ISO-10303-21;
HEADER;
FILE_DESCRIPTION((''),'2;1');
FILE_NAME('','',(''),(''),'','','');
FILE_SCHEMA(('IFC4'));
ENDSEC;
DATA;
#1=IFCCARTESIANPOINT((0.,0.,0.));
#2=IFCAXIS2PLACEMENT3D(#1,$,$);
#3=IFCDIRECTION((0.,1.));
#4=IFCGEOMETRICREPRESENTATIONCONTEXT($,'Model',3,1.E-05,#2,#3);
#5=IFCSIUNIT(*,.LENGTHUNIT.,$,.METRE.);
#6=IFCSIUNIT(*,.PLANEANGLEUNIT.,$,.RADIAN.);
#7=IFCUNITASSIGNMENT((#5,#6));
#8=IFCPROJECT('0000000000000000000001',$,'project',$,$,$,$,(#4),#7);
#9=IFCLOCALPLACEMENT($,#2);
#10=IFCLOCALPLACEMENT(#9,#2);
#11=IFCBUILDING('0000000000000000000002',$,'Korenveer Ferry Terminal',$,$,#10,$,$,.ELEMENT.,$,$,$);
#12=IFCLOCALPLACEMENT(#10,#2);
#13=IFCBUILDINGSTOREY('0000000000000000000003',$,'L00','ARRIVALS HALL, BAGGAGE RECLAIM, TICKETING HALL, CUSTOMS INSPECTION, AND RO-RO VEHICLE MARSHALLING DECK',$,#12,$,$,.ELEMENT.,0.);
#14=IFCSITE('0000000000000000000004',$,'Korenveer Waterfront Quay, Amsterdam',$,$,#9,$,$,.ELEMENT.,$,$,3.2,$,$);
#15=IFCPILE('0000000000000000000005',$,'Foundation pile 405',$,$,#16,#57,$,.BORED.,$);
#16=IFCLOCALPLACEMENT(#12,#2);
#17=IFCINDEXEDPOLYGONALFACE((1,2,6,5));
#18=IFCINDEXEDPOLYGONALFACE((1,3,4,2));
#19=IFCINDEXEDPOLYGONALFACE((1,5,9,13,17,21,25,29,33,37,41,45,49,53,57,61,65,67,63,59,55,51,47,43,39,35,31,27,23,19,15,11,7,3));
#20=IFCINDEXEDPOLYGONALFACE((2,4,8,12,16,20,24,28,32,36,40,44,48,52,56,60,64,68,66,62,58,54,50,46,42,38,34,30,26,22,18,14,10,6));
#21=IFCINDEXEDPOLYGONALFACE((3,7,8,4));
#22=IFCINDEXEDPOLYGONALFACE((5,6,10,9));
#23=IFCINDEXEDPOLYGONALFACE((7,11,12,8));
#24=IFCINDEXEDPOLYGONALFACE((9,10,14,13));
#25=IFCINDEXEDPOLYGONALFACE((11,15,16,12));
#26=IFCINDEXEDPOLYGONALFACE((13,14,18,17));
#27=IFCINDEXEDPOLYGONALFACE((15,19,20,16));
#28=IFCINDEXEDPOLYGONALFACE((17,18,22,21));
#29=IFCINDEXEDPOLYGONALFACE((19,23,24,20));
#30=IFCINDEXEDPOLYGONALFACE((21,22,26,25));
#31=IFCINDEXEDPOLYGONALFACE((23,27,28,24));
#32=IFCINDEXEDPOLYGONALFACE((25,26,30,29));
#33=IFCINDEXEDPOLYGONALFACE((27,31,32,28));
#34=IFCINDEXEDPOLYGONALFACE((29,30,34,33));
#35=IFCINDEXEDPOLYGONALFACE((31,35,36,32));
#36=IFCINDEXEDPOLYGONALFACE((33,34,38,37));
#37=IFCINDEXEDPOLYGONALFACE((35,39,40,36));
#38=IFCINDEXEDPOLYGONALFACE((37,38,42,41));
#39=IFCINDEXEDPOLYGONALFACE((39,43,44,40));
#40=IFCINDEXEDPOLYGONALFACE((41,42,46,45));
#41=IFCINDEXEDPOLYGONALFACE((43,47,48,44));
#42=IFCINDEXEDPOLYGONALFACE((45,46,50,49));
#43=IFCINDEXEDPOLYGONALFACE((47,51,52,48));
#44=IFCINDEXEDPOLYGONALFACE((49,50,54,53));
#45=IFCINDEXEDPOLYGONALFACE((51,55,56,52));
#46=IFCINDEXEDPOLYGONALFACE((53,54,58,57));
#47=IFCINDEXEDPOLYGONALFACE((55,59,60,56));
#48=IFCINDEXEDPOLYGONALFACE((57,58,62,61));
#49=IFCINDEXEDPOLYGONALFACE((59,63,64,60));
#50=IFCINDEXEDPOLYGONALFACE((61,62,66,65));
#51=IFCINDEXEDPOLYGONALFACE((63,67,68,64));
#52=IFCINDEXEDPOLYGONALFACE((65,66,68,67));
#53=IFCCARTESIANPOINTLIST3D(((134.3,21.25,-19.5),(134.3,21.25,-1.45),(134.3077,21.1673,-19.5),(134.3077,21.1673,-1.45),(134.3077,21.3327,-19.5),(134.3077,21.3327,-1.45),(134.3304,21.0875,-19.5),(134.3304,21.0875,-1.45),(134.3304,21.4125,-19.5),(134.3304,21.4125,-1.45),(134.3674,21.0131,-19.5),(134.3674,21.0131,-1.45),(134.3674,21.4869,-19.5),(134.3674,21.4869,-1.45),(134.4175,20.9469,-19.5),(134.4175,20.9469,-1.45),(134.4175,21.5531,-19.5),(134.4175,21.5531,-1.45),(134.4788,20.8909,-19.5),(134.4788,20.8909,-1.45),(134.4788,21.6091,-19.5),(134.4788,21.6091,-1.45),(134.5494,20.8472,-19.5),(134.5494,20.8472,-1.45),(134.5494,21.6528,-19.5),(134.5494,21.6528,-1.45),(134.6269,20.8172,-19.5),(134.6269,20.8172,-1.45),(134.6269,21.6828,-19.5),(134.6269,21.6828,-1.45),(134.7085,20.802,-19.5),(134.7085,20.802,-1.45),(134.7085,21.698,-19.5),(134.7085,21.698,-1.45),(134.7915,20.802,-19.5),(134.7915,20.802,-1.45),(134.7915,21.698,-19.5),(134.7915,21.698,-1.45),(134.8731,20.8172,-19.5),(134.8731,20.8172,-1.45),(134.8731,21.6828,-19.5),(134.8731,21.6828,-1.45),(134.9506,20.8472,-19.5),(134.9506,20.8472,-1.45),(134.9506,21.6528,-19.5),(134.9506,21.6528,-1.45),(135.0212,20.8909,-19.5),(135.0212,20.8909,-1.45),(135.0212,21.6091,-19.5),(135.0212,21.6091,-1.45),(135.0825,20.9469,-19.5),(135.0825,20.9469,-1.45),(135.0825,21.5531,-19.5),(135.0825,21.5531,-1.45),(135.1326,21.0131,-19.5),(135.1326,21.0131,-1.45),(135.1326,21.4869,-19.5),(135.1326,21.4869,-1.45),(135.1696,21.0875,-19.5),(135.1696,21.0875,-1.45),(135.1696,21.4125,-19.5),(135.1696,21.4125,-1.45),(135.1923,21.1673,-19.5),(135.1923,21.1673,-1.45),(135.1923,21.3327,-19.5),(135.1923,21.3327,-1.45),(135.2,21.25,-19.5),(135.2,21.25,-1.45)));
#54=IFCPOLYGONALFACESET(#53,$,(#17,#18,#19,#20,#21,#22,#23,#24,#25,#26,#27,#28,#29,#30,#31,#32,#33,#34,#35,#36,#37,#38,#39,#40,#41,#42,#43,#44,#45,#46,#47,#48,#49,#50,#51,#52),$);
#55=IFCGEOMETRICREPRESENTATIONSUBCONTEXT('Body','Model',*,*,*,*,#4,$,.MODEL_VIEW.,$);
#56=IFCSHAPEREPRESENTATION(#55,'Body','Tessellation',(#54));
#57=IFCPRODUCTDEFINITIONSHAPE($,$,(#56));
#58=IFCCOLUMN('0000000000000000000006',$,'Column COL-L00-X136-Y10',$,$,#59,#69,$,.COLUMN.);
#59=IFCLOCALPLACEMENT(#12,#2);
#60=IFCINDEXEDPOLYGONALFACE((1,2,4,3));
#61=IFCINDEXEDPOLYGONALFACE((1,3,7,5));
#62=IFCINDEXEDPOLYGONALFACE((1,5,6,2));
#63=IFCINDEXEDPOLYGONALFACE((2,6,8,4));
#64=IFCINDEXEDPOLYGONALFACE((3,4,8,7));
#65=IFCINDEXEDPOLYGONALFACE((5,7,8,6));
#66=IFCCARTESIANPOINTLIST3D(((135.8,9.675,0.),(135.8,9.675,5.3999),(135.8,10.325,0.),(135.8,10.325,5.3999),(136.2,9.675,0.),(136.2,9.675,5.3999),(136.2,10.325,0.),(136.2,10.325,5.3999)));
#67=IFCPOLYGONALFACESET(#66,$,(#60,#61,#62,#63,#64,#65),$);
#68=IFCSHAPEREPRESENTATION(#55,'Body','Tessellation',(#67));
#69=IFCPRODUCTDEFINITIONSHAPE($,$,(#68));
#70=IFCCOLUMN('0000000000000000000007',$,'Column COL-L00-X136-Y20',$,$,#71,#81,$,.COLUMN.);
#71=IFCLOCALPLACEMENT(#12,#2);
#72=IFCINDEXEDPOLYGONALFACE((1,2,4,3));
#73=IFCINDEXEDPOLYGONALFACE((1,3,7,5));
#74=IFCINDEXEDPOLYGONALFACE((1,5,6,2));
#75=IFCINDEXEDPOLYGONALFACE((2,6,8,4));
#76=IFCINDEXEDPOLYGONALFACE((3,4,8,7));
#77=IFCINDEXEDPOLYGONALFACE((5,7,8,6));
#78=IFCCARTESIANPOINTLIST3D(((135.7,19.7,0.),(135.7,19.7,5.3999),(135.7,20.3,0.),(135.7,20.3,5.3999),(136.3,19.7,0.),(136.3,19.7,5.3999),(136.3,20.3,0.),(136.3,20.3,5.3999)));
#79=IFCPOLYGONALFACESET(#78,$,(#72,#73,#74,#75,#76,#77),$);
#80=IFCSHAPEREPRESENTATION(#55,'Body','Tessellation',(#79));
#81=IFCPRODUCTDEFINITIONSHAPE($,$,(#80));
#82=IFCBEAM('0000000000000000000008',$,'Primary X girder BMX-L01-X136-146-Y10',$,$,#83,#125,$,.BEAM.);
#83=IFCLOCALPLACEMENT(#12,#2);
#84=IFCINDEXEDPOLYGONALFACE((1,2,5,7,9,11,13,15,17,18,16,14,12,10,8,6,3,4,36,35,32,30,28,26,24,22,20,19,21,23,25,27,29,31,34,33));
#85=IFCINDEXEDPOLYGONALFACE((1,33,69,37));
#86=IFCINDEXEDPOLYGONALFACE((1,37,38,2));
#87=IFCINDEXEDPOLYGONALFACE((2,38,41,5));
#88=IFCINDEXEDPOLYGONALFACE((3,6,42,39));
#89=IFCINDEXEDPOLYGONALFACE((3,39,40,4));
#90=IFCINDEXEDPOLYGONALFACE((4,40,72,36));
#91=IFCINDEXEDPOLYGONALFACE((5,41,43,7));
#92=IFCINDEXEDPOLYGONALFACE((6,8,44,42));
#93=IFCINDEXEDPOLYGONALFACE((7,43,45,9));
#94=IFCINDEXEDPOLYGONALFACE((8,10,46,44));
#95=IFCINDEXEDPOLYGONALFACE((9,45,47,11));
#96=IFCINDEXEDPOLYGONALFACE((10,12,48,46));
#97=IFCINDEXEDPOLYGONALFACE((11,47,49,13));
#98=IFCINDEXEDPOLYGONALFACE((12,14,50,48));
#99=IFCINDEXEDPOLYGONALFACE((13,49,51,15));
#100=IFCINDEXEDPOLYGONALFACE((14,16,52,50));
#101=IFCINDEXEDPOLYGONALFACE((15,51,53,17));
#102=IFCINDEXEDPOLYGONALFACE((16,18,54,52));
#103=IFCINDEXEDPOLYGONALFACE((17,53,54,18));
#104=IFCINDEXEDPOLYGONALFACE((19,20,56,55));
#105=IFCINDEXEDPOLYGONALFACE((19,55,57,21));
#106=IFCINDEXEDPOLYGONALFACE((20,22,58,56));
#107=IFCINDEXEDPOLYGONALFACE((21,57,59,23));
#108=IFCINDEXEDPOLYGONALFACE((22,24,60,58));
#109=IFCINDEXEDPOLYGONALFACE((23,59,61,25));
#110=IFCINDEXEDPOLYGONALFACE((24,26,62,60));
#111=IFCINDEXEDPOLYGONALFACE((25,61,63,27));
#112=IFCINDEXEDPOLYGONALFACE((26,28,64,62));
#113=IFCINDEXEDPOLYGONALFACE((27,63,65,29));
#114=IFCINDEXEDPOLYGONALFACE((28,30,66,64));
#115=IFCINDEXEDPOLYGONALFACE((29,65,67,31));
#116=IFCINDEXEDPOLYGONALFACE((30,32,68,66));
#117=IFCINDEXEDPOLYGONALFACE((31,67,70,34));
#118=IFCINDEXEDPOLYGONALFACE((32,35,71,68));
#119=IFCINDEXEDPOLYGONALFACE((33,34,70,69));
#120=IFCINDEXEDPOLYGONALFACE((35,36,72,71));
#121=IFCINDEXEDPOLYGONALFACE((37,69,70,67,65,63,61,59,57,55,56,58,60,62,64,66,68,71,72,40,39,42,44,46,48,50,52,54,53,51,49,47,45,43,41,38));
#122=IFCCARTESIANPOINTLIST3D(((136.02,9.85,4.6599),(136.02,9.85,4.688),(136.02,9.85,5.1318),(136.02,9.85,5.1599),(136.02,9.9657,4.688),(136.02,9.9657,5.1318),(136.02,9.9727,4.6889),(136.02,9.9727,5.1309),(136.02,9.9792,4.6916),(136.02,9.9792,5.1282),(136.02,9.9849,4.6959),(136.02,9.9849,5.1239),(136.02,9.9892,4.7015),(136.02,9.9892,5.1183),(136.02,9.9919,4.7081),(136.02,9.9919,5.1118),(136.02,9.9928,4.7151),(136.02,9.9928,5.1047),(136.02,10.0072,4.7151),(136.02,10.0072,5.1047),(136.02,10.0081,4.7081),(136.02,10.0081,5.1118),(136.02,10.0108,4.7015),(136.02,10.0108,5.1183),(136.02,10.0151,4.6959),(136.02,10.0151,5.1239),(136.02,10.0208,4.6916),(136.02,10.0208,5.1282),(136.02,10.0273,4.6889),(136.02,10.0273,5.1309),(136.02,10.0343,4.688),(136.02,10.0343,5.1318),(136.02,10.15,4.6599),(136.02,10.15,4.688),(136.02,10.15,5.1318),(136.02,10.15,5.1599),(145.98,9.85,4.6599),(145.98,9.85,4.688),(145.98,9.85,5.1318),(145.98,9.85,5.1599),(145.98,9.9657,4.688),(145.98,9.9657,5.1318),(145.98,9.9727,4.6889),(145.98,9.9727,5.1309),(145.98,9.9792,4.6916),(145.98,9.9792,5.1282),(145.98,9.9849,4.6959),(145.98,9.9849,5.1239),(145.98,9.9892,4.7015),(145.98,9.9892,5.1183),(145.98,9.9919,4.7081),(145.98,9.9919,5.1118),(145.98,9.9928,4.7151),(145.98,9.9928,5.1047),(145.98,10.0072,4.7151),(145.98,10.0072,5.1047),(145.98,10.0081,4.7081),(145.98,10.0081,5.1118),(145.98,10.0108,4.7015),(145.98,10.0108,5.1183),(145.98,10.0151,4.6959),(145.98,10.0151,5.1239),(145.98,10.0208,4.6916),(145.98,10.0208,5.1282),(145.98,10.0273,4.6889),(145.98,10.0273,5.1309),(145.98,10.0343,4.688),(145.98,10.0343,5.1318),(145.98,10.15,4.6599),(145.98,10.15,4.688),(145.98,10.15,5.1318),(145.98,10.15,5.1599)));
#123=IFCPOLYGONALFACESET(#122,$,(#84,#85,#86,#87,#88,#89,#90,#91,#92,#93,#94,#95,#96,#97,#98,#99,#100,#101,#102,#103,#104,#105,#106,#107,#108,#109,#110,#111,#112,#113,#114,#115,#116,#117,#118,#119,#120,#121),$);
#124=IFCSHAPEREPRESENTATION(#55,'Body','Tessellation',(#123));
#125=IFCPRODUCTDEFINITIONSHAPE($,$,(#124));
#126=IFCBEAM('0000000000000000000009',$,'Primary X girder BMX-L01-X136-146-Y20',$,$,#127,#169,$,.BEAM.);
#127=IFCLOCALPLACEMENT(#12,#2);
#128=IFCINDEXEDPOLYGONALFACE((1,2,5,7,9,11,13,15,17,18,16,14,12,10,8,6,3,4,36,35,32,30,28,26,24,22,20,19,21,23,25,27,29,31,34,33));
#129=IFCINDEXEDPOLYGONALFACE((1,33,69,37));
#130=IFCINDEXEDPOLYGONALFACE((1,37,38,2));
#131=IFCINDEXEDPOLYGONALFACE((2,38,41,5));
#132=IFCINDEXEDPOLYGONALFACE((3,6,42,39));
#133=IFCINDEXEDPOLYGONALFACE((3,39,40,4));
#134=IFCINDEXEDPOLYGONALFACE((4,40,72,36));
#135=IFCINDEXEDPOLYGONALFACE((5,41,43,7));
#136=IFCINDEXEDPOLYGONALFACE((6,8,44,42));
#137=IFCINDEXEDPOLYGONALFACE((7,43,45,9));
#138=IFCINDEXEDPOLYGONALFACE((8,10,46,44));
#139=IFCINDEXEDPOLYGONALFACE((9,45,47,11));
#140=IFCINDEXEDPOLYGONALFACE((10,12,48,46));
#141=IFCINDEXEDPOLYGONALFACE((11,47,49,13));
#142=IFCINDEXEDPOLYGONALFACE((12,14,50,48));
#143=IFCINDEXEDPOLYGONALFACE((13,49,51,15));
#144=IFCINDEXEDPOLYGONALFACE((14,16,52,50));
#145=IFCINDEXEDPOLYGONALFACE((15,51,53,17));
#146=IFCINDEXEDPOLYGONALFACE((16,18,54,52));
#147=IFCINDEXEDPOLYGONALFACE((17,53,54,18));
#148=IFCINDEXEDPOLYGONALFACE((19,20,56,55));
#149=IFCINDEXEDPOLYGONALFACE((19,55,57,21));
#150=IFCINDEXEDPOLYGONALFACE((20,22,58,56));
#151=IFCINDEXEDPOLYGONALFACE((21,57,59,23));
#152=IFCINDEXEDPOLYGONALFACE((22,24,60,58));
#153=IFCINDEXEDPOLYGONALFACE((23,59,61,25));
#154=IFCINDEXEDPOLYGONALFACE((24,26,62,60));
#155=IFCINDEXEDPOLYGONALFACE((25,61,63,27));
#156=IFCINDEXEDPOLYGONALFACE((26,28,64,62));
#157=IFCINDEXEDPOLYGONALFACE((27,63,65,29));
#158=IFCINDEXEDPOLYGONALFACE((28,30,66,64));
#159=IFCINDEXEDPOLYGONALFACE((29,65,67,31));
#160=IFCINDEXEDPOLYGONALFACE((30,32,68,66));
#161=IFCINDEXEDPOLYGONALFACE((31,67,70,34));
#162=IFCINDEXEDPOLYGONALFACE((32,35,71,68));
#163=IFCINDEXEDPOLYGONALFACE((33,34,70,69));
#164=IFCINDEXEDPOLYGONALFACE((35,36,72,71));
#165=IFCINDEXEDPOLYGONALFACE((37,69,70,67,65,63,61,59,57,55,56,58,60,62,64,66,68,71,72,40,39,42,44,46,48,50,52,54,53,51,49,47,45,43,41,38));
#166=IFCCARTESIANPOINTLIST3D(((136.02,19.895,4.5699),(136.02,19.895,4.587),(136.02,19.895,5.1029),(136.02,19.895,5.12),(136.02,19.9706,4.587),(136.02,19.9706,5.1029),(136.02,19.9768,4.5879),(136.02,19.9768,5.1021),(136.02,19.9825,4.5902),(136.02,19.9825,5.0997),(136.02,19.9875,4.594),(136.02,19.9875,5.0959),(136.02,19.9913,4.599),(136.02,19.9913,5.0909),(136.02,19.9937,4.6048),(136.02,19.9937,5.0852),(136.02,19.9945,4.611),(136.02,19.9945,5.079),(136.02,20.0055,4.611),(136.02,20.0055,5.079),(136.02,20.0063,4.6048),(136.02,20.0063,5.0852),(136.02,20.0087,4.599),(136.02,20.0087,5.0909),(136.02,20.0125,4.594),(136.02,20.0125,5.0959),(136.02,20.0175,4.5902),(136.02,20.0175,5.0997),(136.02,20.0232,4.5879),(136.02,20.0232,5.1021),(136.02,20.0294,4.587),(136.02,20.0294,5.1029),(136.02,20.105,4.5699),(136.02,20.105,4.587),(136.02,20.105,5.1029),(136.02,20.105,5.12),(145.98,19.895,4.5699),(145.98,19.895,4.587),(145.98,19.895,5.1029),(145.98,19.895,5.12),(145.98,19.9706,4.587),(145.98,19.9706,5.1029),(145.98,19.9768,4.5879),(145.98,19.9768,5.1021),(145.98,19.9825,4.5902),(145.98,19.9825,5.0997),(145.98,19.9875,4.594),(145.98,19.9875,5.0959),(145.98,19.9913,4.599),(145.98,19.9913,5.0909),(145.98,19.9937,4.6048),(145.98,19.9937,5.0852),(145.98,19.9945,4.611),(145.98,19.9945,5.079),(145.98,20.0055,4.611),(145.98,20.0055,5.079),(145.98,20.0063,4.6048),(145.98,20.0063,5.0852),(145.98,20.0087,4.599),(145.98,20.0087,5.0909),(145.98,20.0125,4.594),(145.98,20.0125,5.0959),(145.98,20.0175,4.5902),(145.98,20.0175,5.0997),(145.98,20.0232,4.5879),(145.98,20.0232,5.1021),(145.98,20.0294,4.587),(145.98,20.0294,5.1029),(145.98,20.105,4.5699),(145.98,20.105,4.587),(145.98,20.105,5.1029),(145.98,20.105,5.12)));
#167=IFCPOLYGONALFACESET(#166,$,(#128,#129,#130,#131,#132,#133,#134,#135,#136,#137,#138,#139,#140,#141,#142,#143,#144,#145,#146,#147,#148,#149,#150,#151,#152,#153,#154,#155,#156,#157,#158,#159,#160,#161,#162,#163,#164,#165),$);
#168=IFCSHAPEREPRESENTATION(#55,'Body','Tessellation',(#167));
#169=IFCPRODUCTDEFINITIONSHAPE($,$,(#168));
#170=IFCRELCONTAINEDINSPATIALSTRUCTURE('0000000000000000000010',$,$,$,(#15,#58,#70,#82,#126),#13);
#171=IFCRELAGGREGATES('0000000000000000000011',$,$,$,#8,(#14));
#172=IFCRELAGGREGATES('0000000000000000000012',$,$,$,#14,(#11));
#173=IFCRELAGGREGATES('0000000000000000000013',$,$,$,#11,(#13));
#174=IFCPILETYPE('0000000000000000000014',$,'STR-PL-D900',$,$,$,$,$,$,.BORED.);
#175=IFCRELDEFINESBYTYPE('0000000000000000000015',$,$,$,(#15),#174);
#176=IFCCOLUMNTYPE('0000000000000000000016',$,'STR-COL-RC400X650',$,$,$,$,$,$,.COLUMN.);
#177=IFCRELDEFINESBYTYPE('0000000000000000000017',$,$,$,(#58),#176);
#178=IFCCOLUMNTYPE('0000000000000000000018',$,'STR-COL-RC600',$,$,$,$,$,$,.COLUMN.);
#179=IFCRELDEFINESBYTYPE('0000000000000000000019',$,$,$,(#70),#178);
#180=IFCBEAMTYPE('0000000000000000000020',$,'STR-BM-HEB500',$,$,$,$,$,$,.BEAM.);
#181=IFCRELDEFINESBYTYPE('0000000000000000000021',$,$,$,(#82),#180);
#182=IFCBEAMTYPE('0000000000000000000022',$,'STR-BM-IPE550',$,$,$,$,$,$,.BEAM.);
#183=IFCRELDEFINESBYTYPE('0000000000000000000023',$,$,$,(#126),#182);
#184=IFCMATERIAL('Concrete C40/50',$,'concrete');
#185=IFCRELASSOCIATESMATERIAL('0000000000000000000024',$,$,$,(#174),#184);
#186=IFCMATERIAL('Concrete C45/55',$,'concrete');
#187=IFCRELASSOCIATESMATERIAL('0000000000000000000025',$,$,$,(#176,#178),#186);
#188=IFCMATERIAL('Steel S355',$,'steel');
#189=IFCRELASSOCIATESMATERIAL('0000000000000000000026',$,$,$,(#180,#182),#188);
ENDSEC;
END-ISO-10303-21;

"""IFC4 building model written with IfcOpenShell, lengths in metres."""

from ifc_helpers import new_model, si_unit, direction, frame, origin, origin_2d, place, context, subcontext, project, spatial, rectangle, circle, i_section, extrude, material, material_profile, profile_set, type_object, element, save


model = new_model("IFC4")

# Units and contexts
model_context = context("Model", 3, precision=1e-05, world=origin(), true_north=direction((0.0, 1.0)))
body_context = subcontext(model_context, "Body", "Model", "MODEL_VIEW")
ifc_project = project(units=[si_unit("LENGTHUNIT", "METRE"), si_unit("PLANEANGLEUNIT", "RADIAN")], contexts=[model_context])

# Site, building, storey
site_placement = place(None, origin())
site = spatial("IfcSite", under=ifc_project, at=site_placement, Name="Korenveer Waterfront Quay, Amsterdam", CompositionType="ELEMENT", RefElevation=3.2)
building_placement = place(site_placement, origin())
building = spatial("IfcBuilding", under=site, at=building_placement, Name="Korenveer Ferry Terminal", CompositionType="ELEMENT")
storey_placement = place(building_placement, origin())
storey = spatial("IfcBuildingStorey", under=building, at=storey_placement, Name="L00", Description="ARRIVALS HALL, BAGGAGE RECLAIM, TICKETING HALL, CUSTOMS INSPECTION, AND RO-RO VEHICLE MARSHALLING DECK", CompositionType="ELEMENT", Elevation=0.0)

# Shared definitions
ifc_material_1 = material(Name="Concrete C40/50", Category="concrete")
ifc_material_2 = material(Name="Concrete C45/55", Category="concrete")

# Pile
ifc_material_profile_1 = material_profile(ifc_material_1, circle(Radius=0.45, at=origin_2d()), Name="PILE D900")
ifc_profile_set_1 = profile_set([ifc_material_profile_1], Name="Concrete C40/50")
pile_type_1 = type_object("IfcPileType", Name="STR-PL-D900", PredefinedType="BORED", material=ifc_profile_set_1)
for number, where, z_axis, x_axis, name in (
    (1, (134.75, 21.25, -1.45), (0.0, 0.0, -1.0), (1.0, 0.0, 0.0), "Foundation pile 405"),
):
    element("IfcPile", number, at=place(storey_placement, frame(where, z_axis=z_axis, x_axis=x_axis)), inside=storey, type_object=pile_type_1, Name=name, PredefinedType="BORED", context=body_context, shape_type="SweptSolid", body=[
        extrude(circle(Radius=0.45, at=origin_2d()), origin(), (0.0, 0.0, 1.0), 18.05),
    ])

# Columns
ifc_material_profile_2 = material_profile(ifc_material_2, rectangle(XDim=0.3999, YDim=0.6499, at=origin_2d()), Name="RC 400x650")
ifc_profile_set_2 = profile_set([ifc_material_profile_2], Name="Concrete C45/55")
column_type_1 = type_object("IfcColumnType", Name="STR-COL-RC400X650", PredefinedType="COLUMN", material=ifc_profile_set_2)
column_1_placement = place(storey_placement, frame((136.0, 10.0, 0.0), z_axis=(0.0, 0.0, 1.0), x_axis=(1.0, 0.0, 0.0)))
element("IfcColumn", 2, at=column_1_placement, inside=storey, type_object=column_type_1, Name="Column COL-L00-X136-Y10", PredefinedType="COLUMN", context=body_context, shape_type="SweptSolid", body=[
    extrude(rectangle(XDim=0.3999, YDim=0.6499, at=origin_2d()), origin(), (0.0, 0.0, 1.0), 5.3999),
])
ifc_material_profile_3 = material_profile(ifc_material_2, rectangle(XDim=0.6001, YDim=0.6001, at=origin_2d()), Name="RC 600x600")
ifc_profile_set_3 = profile_set([ifc_material_profile_3], Name="Concrete C45/55")
column_type_2 = type_object("IfcColumnType", Name="STR-COL-RC600", PredefinedType="COLUMN", material=ifc_profile_set_3)
column_2_placement = place(storey_placement, frame((136.0, 20.0, 0.0), z_axis=(0.0, 0.0, 1.0), x_axis=(1.0, 0.0, 0.0)))
element("IfcColumn", 3, at=column_2_placement, inside=storey, type_object=column_type_2, Name="Column COL-L00-X136-Y20", PredefinedType="COLUMN", context=body_context, shape_type="SweptSolid", body=[
    extrude(rectangle(XDim=0.6001, YDim=0.6001, at=origin_2d()), origin(), (0.0, 0.0, 1.0), 5.3999),
])

# Beams
ifc_material_3 = material(Name="Steel S355", Category="steel")
ifc_material_profile_4 = material_profile(ifc_material_3, i_section(OverallWidth=0.3, OverallDepth=0.5, WebThickness=0.0144, FlangeThickness=0.0281, FilletRadius=0.0271, at=origin_2d()), Name="HEB 500")
ifc_profile_set_4 = profile_set([ifc_material_profile_4], Name="Steel S355")
beam_type_1 = type_object("IfcBeamType", Name="STR-BM-HEB500", PredefinedType="BEAM", material=ifc_profile_set_4)
beam_1_placement = place(storey_placement, frame((136.02, 10.0, 4.9099), z_axis=(1.0, 0.0, 0.0), x_axis=(0.0, 1.0, 0.0)))
element("IfcBeam", 4, at=beam_1_placement, inside=storey, type_object=beam_type_1, Name="Primary X girder BMX-L01-X136-146-Y10", PredefinedType="BEAM", context=body_context, shape_type="SweptSolid", body=[
    extrude(i_section(OverallWidth=0.3, OverallDepth=0.5, WebThickness=0.0144, FlangeThickness=0.0281, FilletRadius=0.0271, at=origin_2d()), origin(), (0.0, 0.0, 1.0), 9.96),
])
ifc_material_profile_5 = material_profile(ifc_material_3, i_section(OverallWidth=0.21, OverallDepth=0.55, WebThickness=0.011, FlangeThickness=0.0171, FilletRadius=0.0239, at=origin_2d()), Name="IPE 550")
ifc_profile_set_5 = profile_set([ifc_material_profile_5], Name="Steel S355")
beam_type_2 = type_object("IfcBeamType", Name="STR-BM-IPE550", PredefinedType="BEAM", material=ifc_profile_set_5)
beam_2_placement = place(storey_placement, frame((136.02, 20.0, 4.845), z_axis=(1.0, 0.0, 0.0), x_axis=(0.0, 1.0, 0.0)))
element("IfcBeam", 5, at=beam_2_placement, inside=storey, type_object=beam_type_2, Name="Primary X girder BMX-L01-X136-146-Y20", PredefinedType="BEAM", context=body_context, shape_type="SweptSolid", body=[
    extrude(i_section(OverallWidth=0.21, OverallDepth=0.55, WebThickness=0.011, FlangeThickness=0.0171, FilletRadius=0.0239, at=origin_2d()), origin(), (0.0, 0.0, 1.0), 9.96),
])

save(model, "model.ifc")
